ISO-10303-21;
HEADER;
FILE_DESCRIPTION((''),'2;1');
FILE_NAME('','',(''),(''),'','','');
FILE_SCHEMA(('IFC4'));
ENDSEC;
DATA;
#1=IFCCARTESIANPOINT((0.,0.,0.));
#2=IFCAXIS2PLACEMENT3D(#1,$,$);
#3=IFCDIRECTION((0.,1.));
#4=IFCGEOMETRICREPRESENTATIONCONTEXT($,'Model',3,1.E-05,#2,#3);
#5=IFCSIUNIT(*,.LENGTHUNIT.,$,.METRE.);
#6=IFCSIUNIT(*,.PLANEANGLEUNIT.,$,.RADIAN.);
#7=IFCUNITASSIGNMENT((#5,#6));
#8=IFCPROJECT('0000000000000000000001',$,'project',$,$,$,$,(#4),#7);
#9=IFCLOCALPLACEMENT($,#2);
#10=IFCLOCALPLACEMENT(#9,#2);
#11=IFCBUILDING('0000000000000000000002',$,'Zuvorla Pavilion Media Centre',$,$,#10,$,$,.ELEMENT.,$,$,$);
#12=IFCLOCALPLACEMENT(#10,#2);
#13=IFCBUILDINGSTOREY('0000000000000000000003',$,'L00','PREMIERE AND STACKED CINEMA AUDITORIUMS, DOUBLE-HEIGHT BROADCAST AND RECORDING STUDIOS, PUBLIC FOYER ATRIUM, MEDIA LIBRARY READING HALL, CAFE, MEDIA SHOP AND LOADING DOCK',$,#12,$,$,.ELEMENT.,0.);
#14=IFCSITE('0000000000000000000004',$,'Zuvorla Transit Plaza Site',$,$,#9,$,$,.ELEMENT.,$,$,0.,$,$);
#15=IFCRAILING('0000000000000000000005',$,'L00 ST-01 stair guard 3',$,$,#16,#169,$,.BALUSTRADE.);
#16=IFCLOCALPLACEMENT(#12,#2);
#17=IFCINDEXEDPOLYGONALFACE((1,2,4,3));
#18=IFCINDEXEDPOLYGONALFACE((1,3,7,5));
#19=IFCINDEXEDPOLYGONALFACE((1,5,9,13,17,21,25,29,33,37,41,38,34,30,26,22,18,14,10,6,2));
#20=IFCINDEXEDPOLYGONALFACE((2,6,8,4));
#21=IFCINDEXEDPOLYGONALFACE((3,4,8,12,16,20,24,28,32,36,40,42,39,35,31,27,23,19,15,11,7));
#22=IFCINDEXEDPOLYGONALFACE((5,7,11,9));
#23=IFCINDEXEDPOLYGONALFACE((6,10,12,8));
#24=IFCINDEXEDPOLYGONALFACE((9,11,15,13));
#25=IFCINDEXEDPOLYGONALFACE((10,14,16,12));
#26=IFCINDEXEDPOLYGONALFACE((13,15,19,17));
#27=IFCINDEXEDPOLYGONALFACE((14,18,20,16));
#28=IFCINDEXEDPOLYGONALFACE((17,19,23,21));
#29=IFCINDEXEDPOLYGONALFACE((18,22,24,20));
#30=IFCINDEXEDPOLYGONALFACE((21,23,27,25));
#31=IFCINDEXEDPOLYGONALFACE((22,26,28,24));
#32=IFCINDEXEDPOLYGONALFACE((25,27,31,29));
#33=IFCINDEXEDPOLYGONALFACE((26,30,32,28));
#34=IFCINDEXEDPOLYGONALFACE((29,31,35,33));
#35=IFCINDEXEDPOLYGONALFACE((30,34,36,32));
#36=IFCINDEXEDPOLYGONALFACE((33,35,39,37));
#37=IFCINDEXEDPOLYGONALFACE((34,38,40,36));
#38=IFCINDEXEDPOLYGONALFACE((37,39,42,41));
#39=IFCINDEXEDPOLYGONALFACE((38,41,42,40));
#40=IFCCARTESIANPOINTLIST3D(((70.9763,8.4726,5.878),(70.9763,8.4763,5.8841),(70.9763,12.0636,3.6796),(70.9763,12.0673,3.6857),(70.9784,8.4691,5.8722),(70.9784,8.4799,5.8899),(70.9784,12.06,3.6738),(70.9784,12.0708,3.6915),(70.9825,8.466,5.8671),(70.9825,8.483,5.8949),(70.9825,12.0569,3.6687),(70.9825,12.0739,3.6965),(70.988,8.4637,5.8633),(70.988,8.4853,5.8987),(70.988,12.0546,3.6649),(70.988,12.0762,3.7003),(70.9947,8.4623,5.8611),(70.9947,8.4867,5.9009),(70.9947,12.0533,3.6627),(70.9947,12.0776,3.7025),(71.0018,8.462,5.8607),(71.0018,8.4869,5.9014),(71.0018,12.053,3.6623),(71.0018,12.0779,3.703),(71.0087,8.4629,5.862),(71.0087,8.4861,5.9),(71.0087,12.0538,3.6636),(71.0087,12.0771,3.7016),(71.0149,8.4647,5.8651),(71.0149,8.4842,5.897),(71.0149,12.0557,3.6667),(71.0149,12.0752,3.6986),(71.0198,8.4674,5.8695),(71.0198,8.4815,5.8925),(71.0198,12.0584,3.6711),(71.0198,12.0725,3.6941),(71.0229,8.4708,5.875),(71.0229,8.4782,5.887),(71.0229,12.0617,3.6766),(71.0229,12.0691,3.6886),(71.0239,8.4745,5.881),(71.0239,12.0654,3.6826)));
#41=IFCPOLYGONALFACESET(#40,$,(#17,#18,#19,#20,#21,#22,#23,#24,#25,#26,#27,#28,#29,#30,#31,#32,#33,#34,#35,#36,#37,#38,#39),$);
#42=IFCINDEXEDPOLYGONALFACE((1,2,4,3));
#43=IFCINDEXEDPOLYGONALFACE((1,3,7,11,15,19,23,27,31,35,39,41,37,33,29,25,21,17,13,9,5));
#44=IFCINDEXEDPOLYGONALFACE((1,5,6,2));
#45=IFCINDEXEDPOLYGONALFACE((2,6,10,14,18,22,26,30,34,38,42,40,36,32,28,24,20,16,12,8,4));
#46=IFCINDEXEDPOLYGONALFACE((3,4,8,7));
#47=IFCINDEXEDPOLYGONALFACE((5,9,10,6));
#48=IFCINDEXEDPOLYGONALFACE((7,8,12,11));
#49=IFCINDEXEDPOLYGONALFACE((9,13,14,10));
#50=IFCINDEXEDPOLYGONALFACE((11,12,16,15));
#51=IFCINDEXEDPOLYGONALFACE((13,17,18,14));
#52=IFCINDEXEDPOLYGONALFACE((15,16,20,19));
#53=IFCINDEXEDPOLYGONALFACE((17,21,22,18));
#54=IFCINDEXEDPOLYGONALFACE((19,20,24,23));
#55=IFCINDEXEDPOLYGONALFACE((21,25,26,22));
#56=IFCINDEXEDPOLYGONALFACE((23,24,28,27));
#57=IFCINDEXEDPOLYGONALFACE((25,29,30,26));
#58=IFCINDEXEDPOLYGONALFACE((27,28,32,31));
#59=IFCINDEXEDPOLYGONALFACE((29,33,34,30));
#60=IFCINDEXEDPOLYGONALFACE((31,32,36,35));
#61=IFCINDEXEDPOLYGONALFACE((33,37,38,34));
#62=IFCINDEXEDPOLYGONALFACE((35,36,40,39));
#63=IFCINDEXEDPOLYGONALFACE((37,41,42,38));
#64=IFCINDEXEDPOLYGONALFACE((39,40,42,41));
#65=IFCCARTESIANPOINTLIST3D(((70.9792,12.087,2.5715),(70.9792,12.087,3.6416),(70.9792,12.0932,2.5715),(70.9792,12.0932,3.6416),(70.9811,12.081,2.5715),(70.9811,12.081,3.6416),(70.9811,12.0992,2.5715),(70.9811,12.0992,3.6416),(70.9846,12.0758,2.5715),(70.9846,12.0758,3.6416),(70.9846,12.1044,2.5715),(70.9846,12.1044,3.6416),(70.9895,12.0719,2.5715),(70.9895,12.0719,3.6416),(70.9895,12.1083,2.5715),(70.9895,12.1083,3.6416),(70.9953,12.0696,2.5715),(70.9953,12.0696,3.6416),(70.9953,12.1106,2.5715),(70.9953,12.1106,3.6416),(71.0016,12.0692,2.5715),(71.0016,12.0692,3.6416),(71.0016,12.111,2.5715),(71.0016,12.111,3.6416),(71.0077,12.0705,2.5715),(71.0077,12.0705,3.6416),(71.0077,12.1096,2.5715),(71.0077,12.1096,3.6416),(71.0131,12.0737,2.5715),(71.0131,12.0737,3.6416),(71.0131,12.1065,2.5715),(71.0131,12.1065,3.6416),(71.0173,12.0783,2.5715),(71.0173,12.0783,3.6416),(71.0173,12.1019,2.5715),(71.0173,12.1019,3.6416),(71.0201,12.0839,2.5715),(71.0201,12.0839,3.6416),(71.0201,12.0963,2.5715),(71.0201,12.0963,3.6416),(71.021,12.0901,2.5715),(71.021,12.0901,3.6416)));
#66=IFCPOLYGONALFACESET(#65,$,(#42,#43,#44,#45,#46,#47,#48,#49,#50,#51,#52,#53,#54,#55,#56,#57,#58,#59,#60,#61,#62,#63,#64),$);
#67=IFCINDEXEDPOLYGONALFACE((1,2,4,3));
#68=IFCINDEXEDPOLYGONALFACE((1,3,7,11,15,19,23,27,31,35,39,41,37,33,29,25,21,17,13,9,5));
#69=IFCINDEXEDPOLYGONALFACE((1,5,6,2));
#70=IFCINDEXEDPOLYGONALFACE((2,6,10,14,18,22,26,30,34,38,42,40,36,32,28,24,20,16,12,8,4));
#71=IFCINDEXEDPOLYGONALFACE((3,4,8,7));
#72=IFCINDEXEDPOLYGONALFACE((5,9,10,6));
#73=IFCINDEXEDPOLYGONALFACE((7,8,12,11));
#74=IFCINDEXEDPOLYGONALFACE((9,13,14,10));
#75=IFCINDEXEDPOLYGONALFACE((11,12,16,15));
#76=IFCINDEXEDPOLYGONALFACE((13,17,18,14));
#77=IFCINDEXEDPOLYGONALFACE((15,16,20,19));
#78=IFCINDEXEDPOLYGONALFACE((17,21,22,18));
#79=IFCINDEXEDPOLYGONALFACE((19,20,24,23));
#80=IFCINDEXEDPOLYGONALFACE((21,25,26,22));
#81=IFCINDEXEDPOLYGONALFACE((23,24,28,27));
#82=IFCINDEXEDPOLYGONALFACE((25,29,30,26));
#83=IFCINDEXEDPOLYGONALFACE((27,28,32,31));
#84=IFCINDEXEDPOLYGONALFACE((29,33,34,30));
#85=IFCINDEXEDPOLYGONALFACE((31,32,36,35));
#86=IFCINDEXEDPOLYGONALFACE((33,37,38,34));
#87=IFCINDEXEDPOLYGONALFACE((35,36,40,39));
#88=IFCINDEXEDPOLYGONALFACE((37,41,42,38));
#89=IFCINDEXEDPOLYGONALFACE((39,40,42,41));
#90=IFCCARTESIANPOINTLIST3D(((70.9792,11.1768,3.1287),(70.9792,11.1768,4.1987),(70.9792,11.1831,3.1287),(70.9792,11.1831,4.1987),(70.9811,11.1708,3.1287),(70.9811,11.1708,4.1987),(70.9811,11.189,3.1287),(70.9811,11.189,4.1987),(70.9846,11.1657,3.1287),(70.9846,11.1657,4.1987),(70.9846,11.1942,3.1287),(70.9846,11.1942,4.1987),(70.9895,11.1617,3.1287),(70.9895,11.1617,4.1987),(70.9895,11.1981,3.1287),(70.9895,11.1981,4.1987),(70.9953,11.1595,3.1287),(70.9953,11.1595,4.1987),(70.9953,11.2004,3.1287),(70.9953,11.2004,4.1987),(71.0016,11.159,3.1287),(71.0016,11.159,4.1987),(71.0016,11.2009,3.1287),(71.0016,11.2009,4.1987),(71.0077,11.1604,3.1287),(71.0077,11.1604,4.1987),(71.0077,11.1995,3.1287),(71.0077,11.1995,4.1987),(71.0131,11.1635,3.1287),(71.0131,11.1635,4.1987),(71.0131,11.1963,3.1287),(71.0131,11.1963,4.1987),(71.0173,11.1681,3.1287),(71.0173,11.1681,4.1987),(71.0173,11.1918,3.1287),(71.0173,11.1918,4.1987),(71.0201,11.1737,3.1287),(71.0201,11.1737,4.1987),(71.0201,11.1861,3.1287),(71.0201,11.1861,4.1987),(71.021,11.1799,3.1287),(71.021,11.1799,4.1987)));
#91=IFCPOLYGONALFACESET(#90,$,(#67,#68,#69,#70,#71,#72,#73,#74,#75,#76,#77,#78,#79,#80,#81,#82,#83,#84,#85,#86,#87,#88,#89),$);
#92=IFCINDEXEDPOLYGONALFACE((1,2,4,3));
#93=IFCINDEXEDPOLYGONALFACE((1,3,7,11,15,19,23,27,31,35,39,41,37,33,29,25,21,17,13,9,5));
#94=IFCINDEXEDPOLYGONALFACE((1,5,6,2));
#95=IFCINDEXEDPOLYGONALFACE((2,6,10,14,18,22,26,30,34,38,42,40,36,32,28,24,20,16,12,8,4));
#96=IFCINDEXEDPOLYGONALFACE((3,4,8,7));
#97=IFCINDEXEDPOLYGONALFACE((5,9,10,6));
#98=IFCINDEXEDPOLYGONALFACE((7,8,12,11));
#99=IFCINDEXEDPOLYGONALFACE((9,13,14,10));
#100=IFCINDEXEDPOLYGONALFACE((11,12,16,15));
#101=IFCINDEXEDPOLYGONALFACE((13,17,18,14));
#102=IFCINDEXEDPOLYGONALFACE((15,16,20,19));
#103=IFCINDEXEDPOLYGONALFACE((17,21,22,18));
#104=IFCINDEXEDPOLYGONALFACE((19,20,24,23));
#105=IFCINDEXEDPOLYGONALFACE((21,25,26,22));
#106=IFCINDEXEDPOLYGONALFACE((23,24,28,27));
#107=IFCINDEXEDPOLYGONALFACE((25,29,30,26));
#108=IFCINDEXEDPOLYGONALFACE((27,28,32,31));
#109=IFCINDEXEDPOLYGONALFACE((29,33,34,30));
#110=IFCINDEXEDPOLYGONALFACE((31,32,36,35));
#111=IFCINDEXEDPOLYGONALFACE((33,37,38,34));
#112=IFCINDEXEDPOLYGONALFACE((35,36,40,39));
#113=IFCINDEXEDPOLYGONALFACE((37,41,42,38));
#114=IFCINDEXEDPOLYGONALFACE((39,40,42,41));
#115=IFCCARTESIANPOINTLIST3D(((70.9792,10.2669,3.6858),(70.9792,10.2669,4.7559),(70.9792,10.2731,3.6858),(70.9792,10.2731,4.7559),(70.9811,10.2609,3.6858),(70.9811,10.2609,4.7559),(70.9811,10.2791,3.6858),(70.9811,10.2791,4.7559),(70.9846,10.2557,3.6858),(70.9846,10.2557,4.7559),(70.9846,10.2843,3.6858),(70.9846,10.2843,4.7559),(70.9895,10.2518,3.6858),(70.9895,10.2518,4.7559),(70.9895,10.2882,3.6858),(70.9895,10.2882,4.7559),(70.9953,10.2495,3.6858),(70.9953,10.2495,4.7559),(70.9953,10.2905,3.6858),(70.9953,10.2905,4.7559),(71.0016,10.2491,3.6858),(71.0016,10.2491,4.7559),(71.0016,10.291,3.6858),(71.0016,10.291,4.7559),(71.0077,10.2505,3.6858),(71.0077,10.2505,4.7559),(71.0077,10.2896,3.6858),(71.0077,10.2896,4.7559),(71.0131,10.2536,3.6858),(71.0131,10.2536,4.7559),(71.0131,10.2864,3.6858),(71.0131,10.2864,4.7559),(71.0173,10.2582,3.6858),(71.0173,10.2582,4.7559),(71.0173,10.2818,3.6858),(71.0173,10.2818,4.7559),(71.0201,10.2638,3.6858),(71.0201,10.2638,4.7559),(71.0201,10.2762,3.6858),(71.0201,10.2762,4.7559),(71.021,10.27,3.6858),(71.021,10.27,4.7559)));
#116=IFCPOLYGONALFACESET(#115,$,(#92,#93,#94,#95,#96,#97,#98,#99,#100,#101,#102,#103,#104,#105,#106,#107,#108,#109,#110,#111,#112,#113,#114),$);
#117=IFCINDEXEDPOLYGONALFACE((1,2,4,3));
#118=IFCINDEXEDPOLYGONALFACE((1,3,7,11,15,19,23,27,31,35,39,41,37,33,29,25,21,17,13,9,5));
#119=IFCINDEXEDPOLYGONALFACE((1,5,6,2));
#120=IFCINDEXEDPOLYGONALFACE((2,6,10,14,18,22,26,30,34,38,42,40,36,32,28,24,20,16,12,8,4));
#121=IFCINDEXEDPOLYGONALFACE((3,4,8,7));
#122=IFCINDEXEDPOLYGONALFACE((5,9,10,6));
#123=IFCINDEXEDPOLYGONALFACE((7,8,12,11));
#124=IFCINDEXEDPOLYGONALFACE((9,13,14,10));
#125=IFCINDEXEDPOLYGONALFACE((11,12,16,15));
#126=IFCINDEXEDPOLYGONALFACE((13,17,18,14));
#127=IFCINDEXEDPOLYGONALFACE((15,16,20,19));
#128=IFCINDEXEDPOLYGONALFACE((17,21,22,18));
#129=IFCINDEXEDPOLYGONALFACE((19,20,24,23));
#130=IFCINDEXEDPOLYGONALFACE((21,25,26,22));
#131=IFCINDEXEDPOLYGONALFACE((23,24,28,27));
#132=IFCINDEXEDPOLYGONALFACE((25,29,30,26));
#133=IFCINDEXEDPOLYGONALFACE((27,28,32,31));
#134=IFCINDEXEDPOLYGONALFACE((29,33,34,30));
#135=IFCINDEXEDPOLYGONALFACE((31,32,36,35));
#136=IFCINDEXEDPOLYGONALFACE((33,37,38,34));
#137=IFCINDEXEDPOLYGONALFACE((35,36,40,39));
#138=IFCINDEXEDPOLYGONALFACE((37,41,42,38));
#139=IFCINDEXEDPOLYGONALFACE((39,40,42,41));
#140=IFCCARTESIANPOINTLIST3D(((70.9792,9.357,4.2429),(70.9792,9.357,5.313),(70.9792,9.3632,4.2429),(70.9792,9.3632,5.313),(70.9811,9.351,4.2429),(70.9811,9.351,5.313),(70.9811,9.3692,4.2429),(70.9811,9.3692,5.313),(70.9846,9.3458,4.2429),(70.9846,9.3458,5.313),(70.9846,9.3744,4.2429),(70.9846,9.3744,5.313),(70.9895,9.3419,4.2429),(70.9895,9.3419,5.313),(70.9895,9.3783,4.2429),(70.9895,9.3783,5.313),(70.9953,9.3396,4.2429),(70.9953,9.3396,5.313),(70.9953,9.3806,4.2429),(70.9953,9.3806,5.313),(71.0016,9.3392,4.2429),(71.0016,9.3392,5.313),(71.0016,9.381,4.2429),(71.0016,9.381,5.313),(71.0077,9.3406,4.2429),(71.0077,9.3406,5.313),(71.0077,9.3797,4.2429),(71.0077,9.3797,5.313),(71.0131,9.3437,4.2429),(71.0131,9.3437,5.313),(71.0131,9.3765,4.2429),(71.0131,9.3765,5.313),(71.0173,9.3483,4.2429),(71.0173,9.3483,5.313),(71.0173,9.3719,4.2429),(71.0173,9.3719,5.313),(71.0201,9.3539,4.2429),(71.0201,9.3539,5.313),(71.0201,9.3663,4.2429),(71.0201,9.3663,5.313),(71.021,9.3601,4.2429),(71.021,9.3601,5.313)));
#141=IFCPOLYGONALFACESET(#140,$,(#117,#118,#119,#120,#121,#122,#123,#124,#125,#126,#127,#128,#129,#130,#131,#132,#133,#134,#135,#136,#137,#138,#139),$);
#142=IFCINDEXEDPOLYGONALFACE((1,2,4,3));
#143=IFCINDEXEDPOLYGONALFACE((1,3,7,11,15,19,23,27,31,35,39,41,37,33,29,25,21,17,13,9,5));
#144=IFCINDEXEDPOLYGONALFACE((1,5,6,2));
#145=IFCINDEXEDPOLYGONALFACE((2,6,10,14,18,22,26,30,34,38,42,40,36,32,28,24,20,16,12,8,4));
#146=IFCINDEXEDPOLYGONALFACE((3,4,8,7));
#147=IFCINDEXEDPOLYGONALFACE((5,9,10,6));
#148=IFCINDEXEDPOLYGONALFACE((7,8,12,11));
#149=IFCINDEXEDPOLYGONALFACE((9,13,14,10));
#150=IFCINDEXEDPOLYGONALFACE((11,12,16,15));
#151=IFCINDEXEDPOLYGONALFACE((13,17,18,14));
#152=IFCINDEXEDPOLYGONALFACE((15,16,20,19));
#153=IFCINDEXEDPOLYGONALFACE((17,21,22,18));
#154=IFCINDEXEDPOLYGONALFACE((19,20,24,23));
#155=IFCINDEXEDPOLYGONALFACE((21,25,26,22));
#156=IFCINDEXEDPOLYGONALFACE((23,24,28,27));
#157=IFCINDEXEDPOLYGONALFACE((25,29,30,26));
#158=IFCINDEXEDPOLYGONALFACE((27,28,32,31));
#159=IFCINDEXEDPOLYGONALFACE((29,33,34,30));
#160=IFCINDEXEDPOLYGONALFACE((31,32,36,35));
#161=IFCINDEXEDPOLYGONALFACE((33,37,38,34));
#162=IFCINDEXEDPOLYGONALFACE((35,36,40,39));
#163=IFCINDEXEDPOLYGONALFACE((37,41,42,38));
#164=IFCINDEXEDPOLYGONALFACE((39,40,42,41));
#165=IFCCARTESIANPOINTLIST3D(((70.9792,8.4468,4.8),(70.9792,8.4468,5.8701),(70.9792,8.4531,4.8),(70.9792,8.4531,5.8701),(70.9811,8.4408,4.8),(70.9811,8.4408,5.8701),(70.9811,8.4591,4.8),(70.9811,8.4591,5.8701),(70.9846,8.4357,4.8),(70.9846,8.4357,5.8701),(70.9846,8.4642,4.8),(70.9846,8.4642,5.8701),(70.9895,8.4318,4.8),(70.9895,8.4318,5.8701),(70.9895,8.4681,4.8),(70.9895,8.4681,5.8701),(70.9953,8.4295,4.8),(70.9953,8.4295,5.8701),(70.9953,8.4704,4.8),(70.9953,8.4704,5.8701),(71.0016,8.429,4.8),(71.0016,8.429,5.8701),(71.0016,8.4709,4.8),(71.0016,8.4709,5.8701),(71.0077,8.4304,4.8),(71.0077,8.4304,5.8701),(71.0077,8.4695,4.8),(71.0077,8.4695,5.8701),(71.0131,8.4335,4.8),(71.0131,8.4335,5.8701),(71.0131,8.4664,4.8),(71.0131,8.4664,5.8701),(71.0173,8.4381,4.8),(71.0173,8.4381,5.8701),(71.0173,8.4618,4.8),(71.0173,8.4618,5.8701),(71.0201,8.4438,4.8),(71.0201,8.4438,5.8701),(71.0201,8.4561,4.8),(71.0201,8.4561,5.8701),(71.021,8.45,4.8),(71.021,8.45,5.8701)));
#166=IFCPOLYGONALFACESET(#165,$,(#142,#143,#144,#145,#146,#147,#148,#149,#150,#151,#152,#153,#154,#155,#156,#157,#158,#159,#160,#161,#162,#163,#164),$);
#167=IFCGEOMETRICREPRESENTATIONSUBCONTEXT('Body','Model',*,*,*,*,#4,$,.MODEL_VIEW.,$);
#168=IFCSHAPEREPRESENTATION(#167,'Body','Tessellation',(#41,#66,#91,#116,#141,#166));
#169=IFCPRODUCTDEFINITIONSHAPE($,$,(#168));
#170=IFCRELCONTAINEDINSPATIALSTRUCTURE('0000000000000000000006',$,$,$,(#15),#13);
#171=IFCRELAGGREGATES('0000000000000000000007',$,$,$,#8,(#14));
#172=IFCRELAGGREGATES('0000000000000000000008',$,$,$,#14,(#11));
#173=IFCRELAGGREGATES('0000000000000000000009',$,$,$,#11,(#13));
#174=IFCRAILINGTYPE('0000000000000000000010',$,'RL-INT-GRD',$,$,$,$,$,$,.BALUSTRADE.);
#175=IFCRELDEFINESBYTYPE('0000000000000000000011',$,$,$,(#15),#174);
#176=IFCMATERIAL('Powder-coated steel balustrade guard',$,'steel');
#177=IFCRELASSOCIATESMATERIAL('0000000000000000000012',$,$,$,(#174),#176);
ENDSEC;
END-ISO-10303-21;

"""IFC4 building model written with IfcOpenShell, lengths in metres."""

from ifc_helpers import new_model, si_unit, direction, frame, origin, origin_2d, place, context, subcontext, project, spatial, circle, extrude, material, type_object, element, save


model = new_model("IFC4")

# Units and contexts
model_context = context("Model", 3, precision=1e-05, world=origin(), true_north=direction((0.0, 1.0)))
body_context = subcontext(model_context, "Body", "Model", "MODEL_VIEW")
ifc_project = project(units=[si_unit("LENGTHUNIT", "METRE"), si_unit("PLANEANGLEUNIT", "RADIAN")], contexts=[model_context])

# Site, building, storey
site_placement = place(None, origin())
site = spatial("IfcSite", under=ifc_project, at=site_placement, Name="Zuvorla Transit Plaza Site", CompositionType="ELEMENT", RefElevation=0.0)
building_placement = place(site_placement, origin())
building = spatial("IfcBuilding", under=site, at=building_placement, Name="Zuvorla Pavilion Media Centre", CompositionType="ELEMENT")
storey_placement = place(building_placement, origin())
storey = spatial("IfcBuildingStorey", under=building, at=storey_placement, Name="L00", Description="PREMIERE AND STACKED CINEMA AUDITORIUMS, DOUBLE-HEIGHT BROADCAST AND RECORDING STUDIOS, PUBLIC FOYER ATRIUM, MEDIA LIBRARY READING HALL, CAFE, MEDIA SHOP AND LOADING DOCK", CompositionType="ELEMENT", Elevation=0.0)

# Railing
ifc_material_1 = material(Name="Powder-coated steel balustrade guard", Category="steel")
railing_type_1 = type_object("IfcRailingType", Name="RL-INT-GRD", PredefinedType="BALUSTRADE", material=ifc_material_1)
railing_1_placement = place(storey_placement, frame((71.0, 12.0901, 2.5715)))
element("IfcRailing", 1, at=railing_1_placement, inside=storey, type_object=railing_type_1, Name="L00 ST-01 stair guard 3", PredefinedType="BALUSTRADE", context=body_context, shape_type="SweptSolid", body=[
    extrude(circle(Radius=0.0239, at=origin_2d()), frame((0.0, -0.0247, 1.1111), z_axis=(0.0, -0.852866, 0.52213), x_axis=(1.0, 0.0, 0.0)), (0.0, 0.0, 1.0), 4.2104),
    extrude(circle(Radius=0.021, at=origin_2d()), origin(), (0.0, 0.0, 1.0), 1.0701),
    extrude(circle(Radius=0.021, at=origin_2d()), frame((0.0, -0.9102, 0.5571)), (0.0, 0.0, 1.0), 1.0701),
    extrude(circle(Radius=0.021, at=origin_2d()), frame((0.0, -1.8201, 1.1143)), (0.0, 0.0, 1.0), 1.0701),
    extrude(circle(Radius=0.021, at=origin_2d()), frame((0.0, -2.73, 1.6714)), (0.0, 0.0, 1.0), 1.0701),
    extrude(circle(Radius=0.021, at=origin_2d()), frame((0.0, -3.6401, 2.2285)), (0.0, 0.0, 1.0), 1.0701),
])

save(model, "model.ifc")
